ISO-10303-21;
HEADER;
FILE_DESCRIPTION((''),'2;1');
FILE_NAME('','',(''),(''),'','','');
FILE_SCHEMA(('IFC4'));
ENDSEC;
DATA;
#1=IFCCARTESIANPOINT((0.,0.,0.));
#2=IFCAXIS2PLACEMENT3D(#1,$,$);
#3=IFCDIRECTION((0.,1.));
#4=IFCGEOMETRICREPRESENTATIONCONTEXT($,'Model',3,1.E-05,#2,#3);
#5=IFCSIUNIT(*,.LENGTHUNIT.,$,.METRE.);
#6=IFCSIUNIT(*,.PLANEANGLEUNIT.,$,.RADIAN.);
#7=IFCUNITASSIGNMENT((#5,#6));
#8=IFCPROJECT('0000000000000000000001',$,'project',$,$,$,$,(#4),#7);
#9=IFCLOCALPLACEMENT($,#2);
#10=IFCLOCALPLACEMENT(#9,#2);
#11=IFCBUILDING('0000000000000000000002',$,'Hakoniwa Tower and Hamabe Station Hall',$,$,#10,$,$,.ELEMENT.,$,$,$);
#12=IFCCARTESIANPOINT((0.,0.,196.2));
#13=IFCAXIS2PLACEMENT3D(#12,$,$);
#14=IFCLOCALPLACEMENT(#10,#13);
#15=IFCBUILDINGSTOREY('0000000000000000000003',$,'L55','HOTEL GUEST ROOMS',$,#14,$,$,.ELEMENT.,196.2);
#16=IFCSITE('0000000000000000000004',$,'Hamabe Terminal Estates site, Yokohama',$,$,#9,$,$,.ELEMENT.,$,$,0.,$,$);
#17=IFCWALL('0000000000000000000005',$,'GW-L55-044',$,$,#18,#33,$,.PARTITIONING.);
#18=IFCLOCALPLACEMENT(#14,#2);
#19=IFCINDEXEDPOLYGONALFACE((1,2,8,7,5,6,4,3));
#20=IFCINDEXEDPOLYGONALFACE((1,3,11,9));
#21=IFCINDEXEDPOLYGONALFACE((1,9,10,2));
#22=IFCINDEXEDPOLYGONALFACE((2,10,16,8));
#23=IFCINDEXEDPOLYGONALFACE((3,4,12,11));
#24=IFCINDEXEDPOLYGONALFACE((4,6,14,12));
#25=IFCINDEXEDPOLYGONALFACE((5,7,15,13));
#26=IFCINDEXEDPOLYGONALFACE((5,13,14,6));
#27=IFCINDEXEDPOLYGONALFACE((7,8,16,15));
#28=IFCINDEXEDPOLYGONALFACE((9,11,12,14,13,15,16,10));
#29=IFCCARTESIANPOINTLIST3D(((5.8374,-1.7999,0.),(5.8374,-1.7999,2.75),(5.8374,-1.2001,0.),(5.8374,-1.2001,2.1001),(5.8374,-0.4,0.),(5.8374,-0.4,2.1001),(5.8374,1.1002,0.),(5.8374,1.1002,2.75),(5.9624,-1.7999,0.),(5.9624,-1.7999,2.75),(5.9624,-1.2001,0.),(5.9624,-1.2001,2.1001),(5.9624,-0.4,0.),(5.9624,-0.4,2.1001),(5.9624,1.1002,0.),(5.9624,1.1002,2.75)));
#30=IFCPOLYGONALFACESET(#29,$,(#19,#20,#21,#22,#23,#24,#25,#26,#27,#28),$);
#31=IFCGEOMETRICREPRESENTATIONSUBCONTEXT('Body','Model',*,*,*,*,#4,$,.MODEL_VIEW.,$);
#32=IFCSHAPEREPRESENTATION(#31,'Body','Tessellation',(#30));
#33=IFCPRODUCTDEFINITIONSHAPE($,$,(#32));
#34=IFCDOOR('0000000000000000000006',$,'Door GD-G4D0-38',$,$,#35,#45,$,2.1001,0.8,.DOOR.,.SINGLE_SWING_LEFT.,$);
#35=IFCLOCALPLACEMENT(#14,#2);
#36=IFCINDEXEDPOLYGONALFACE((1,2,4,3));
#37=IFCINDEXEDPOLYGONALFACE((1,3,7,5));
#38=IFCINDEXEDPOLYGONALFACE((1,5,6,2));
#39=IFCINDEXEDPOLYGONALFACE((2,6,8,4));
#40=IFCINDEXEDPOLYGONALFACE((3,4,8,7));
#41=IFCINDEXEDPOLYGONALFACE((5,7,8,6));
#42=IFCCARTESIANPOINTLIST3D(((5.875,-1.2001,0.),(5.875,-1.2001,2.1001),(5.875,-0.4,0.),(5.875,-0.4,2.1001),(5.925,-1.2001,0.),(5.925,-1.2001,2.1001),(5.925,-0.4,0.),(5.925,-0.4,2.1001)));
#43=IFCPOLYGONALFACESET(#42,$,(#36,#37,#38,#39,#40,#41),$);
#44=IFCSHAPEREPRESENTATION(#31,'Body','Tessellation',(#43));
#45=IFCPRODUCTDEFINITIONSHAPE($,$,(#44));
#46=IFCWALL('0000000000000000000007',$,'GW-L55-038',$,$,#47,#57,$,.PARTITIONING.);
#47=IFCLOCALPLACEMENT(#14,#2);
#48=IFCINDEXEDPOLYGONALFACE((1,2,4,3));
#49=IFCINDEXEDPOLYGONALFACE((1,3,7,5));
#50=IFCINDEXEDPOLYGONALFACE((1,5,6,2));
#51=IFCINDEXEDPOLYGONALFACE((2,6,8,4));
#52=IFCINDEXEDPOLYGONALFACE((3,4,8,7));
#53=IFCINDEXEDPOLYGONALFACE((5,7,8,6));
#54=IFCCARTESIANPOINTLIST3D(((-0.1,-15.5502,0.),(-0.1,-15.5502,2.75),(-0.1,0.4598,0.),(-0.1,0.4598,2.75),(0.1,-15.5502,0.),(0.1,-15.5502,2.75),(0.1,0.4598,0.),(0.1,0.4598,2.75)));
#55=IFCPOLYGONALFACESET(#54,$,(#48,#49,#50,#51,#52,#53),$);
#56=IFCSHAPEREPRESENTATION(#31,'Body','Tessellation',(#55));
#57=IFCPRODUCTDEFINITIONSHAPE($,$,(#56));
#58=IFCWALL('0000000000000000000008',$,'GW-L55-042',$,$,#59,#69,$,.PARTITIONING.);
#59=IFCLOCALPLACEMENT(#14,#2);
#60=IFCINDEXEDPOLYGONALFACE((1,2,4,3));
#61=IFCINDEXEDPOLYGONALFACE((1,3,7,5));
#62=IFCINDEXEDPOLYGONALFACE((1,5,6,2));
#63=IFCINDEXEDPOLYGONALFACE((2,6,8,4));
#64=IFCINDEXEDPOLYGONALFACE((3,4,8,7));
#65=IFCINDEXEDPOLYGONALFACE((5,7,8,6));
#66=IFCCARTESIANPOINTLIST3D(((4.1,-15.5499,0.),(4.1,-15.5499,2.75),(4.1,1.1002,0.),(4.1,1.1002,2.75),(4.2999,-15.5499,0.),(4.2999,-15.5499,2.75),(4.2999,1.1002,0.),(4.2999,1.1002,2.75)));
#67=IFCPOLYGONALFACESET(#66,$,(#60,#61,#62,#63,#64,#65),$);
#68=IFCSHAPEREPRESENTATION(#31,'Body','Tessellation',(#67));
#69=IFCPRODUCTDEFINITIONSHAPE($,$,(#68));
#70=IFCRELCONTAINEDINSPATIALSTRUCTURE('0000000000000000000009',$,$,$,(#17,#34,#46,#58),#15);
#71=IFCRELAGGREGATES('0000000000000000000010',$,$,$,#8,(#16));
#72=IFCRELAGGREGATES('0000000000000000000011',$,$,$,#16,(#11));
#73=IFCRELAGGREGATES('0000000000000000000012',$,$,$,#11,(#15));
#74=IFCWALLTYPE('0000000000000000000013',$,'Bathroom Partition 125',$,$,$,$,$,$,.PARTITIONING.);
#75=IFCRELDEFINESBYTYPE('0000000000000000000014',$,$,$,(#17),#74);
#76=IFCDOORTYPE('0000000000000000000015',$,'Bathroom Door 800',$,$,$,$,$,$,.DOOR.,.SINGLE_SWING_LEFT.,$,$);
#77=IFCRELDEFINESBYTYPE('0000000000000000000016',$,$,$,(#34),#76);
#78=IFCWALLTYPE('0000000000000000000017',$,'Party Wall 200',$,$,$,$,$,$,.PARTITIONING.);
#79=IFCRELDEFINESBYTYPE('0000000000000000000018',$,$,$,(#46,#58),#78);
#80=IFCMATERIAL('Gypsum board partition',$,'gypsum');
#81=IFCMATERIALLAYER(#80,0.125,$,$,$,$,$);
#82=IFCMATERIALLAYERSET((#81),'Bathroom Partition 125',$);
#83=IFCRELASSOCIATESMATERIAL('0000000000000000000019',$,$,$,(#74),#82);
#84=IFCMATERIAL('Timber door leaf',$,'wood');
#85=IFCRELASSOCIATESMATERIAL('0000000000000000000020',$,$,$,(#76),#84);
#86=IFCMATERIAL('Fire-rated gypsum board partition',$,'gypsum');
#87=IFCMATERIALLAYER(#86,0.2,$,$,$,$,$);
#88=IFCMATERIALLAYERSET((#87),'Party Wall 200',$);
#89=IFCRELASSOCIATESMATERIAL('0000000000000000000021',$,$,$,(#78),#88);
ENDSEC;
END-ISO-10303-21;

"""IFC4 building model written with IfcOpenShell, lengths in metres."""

from ifc_helpers import new_model, si_unit, direction, frame, frame_2d, origin, place, context, subcontext, project, spatial, rectangle, extrude, material, layer, layer_set, type_object, element, fill, save


model = new_model("IFC4")

# Units and contexts
model_context = context("Model", 3, precision=1e-05, world=origin(), true_north=direction((0.0, 1.0)))
body_context = subcontext(model_context, "Body", "Model", "MODEL_VIEW")
ifc_project = project(units=[si_unit("LENGTHUNIT", "METRE"), si_unit("PLANEANGLEUNIT", "RADIAN")], contexts=[model_context])

# Site, building, storey
site_placement = place(None, origin())
site = spatial("IfcSite", under=ifc_project, at=site_placement, Name="Hamabe Terminal Estates site, Yokohama", CompositionType="ELEMENT", RefElevation=0.0)
building_placement = place(site_placement, origin())
building = spatial("IfcBuilding", under=site, at=building_placement, Name="Hakoniwa Tower and Hamabe Station Hall", CompositionType="ELEMENT")
storey_placement = place(building_placement, frame((0.0, 0.0, 196.2)))
storey = spatial("IfcBuildingStorey", under=building, at=storey_placement, Name="L55", Description="HOTEL GUEST ROOMS", CompositionType="ELEMENT", Elevation=196.2)

# Shared definitions
ifc_material_1 = material(Name="Gypsum board partition", Category="gypsum")
ifc_layer_1 = layer(ifc_material_1, 0.125)
ifc_layer_set_1 = layer_set([ifc_layer_1], Name="Bathroom Partition 125")
wall_type_1 = type_object("IfcWallType", Name="Bathroom Partition 125", PredefinedType="PARTITIONING", material=ifc_layer_set_1)

# Wall, opening, door
ifc_material_2 = material(Name="Timber door leaf", Category="wood")
door_type = type_object("IfcDoorType", Name="Bathroom Door 800", OperationType="SINGLE_SWING_LEFT", PredefinedType="DOOR", material=ifc_material_2)
wall_1_placement = place(storey_placement, frame((5.8999, -1.8, 0.0), z_axis=(0.0, 0.0, 1.0), x_axis=(0.0, 1.0, 0.0)))
wall_1 = element("IfcWall", 1, at=wall_1_placement, inside=storey, type_object=wall_type_1, Name="GW-L55-044", PredefinedType="PARTITIONING", context=body_context, shape_type="SweptSolid", body=[
    extrude(rectangle(XDim=2.9001, YDim=0.125, at=frame_2d((1.4502, 0.0))), origin(), (0.0, 0.0, 1.0), 2.75),
])
opening_1_placement = place(wall_1_placement, frame((0.6001, 0.0, 0.0)))
opening_1 = element("IfcOpeningElement", 2, at=opening_1_placement, cuts=wall_1, PredefinedType="OPENING", context=body_context, shape_type="SweptSolid", body=[
    extrude(rectangle(XDim=0.8, YDim=2.1001, at=frame_2d((0.3999, 1.05))), frame((0.0, 0.0725, 0.0), z_axis=(0.0, -1.0, 0.0), x_axis=(1.0, 0.0, 0.0)), (0.0, 0.0, 1.0), 0.145),
])
door_1_placement = place(opening_1_placement, origin())
door_1 = element("IfcDoor", 3, at=door_1_placement, inside=storey, type_object=door_type, Name="Door GD-G4D0-38", OperationType="SINGLE_SWING_LEFT", OverallHeight=2.1001, OverallWidth=0.8, PredefinedType="DOOR", context=body_context, shape_type="SweptSolid", body=[
    extrude(rectangle(XDim=0.8, YDim=2.1001, at=frame_2d((0.3999, 1.05))), frame((0.0, 0.0249, 0.0), z_axis=(0.0, -1.0, 0.0), x_axis=(1.0, 0.0, 0.0)), (0.0, 0.0, 1.0), 0.05),
])
fill(opening_1, door_1)

# Walls
ifc_material_3 = material(Name="Fire-rated gypsum board partition", Category="gypsum")
ifc_layer_2 = layer(ifc_material_3, 0.2)
ifc_layer_set_2 = layer_set([ifc_layer_2], Name="Party Wall 200")
wall_type_2 = type_object("IfcWallType", Name="Party Wall 200", PredefinedType="PARTITIONING", material=ifc_layer_set_2)
wall_2_placement = place(storey_placement, frame((0.0, -15.55, 0.0), z_axis=(0.0, 0.0, 1.0), x_axis=(0.0, 1.0, 0.0)))
element("IfcWall", 4, at=wall_2_placement, inside=storey, type_object=wall_type_2, Name="GW-L55-038", PredefinedType="PARTITIONING", context=body_context, shape_type="SweptSolid", body=[
    extrude(rectangle(XDim=16.01, YDim=0.2, at=frame_2d((8.0049, 0.0))), origin(), (0.0, 0.0, 1.0), 2.75),
])
wall_3_placement = place(storey_placement, frame((4.2, -15.55, 0.0), z_axis=(0.0, 0.0, 1.0), x_axis=(0.0, 1.0, 0.0)))
element("IfcWall", 5, at=wall_3_placement, inside=storey, type_object=wall_type_2, Name="GW-L55-042", PredefinedType="PARTITIONING", context=body_context, shape_type="SweptSolid", body=[
    extrude(rectangle(XDim=16.6501, YDim=0.2, at=frame_2d((8.3252, 0.0))), origin(), (0.0, 0.0, 1.0), 2.75),
])

save(model, "model.ifc")
